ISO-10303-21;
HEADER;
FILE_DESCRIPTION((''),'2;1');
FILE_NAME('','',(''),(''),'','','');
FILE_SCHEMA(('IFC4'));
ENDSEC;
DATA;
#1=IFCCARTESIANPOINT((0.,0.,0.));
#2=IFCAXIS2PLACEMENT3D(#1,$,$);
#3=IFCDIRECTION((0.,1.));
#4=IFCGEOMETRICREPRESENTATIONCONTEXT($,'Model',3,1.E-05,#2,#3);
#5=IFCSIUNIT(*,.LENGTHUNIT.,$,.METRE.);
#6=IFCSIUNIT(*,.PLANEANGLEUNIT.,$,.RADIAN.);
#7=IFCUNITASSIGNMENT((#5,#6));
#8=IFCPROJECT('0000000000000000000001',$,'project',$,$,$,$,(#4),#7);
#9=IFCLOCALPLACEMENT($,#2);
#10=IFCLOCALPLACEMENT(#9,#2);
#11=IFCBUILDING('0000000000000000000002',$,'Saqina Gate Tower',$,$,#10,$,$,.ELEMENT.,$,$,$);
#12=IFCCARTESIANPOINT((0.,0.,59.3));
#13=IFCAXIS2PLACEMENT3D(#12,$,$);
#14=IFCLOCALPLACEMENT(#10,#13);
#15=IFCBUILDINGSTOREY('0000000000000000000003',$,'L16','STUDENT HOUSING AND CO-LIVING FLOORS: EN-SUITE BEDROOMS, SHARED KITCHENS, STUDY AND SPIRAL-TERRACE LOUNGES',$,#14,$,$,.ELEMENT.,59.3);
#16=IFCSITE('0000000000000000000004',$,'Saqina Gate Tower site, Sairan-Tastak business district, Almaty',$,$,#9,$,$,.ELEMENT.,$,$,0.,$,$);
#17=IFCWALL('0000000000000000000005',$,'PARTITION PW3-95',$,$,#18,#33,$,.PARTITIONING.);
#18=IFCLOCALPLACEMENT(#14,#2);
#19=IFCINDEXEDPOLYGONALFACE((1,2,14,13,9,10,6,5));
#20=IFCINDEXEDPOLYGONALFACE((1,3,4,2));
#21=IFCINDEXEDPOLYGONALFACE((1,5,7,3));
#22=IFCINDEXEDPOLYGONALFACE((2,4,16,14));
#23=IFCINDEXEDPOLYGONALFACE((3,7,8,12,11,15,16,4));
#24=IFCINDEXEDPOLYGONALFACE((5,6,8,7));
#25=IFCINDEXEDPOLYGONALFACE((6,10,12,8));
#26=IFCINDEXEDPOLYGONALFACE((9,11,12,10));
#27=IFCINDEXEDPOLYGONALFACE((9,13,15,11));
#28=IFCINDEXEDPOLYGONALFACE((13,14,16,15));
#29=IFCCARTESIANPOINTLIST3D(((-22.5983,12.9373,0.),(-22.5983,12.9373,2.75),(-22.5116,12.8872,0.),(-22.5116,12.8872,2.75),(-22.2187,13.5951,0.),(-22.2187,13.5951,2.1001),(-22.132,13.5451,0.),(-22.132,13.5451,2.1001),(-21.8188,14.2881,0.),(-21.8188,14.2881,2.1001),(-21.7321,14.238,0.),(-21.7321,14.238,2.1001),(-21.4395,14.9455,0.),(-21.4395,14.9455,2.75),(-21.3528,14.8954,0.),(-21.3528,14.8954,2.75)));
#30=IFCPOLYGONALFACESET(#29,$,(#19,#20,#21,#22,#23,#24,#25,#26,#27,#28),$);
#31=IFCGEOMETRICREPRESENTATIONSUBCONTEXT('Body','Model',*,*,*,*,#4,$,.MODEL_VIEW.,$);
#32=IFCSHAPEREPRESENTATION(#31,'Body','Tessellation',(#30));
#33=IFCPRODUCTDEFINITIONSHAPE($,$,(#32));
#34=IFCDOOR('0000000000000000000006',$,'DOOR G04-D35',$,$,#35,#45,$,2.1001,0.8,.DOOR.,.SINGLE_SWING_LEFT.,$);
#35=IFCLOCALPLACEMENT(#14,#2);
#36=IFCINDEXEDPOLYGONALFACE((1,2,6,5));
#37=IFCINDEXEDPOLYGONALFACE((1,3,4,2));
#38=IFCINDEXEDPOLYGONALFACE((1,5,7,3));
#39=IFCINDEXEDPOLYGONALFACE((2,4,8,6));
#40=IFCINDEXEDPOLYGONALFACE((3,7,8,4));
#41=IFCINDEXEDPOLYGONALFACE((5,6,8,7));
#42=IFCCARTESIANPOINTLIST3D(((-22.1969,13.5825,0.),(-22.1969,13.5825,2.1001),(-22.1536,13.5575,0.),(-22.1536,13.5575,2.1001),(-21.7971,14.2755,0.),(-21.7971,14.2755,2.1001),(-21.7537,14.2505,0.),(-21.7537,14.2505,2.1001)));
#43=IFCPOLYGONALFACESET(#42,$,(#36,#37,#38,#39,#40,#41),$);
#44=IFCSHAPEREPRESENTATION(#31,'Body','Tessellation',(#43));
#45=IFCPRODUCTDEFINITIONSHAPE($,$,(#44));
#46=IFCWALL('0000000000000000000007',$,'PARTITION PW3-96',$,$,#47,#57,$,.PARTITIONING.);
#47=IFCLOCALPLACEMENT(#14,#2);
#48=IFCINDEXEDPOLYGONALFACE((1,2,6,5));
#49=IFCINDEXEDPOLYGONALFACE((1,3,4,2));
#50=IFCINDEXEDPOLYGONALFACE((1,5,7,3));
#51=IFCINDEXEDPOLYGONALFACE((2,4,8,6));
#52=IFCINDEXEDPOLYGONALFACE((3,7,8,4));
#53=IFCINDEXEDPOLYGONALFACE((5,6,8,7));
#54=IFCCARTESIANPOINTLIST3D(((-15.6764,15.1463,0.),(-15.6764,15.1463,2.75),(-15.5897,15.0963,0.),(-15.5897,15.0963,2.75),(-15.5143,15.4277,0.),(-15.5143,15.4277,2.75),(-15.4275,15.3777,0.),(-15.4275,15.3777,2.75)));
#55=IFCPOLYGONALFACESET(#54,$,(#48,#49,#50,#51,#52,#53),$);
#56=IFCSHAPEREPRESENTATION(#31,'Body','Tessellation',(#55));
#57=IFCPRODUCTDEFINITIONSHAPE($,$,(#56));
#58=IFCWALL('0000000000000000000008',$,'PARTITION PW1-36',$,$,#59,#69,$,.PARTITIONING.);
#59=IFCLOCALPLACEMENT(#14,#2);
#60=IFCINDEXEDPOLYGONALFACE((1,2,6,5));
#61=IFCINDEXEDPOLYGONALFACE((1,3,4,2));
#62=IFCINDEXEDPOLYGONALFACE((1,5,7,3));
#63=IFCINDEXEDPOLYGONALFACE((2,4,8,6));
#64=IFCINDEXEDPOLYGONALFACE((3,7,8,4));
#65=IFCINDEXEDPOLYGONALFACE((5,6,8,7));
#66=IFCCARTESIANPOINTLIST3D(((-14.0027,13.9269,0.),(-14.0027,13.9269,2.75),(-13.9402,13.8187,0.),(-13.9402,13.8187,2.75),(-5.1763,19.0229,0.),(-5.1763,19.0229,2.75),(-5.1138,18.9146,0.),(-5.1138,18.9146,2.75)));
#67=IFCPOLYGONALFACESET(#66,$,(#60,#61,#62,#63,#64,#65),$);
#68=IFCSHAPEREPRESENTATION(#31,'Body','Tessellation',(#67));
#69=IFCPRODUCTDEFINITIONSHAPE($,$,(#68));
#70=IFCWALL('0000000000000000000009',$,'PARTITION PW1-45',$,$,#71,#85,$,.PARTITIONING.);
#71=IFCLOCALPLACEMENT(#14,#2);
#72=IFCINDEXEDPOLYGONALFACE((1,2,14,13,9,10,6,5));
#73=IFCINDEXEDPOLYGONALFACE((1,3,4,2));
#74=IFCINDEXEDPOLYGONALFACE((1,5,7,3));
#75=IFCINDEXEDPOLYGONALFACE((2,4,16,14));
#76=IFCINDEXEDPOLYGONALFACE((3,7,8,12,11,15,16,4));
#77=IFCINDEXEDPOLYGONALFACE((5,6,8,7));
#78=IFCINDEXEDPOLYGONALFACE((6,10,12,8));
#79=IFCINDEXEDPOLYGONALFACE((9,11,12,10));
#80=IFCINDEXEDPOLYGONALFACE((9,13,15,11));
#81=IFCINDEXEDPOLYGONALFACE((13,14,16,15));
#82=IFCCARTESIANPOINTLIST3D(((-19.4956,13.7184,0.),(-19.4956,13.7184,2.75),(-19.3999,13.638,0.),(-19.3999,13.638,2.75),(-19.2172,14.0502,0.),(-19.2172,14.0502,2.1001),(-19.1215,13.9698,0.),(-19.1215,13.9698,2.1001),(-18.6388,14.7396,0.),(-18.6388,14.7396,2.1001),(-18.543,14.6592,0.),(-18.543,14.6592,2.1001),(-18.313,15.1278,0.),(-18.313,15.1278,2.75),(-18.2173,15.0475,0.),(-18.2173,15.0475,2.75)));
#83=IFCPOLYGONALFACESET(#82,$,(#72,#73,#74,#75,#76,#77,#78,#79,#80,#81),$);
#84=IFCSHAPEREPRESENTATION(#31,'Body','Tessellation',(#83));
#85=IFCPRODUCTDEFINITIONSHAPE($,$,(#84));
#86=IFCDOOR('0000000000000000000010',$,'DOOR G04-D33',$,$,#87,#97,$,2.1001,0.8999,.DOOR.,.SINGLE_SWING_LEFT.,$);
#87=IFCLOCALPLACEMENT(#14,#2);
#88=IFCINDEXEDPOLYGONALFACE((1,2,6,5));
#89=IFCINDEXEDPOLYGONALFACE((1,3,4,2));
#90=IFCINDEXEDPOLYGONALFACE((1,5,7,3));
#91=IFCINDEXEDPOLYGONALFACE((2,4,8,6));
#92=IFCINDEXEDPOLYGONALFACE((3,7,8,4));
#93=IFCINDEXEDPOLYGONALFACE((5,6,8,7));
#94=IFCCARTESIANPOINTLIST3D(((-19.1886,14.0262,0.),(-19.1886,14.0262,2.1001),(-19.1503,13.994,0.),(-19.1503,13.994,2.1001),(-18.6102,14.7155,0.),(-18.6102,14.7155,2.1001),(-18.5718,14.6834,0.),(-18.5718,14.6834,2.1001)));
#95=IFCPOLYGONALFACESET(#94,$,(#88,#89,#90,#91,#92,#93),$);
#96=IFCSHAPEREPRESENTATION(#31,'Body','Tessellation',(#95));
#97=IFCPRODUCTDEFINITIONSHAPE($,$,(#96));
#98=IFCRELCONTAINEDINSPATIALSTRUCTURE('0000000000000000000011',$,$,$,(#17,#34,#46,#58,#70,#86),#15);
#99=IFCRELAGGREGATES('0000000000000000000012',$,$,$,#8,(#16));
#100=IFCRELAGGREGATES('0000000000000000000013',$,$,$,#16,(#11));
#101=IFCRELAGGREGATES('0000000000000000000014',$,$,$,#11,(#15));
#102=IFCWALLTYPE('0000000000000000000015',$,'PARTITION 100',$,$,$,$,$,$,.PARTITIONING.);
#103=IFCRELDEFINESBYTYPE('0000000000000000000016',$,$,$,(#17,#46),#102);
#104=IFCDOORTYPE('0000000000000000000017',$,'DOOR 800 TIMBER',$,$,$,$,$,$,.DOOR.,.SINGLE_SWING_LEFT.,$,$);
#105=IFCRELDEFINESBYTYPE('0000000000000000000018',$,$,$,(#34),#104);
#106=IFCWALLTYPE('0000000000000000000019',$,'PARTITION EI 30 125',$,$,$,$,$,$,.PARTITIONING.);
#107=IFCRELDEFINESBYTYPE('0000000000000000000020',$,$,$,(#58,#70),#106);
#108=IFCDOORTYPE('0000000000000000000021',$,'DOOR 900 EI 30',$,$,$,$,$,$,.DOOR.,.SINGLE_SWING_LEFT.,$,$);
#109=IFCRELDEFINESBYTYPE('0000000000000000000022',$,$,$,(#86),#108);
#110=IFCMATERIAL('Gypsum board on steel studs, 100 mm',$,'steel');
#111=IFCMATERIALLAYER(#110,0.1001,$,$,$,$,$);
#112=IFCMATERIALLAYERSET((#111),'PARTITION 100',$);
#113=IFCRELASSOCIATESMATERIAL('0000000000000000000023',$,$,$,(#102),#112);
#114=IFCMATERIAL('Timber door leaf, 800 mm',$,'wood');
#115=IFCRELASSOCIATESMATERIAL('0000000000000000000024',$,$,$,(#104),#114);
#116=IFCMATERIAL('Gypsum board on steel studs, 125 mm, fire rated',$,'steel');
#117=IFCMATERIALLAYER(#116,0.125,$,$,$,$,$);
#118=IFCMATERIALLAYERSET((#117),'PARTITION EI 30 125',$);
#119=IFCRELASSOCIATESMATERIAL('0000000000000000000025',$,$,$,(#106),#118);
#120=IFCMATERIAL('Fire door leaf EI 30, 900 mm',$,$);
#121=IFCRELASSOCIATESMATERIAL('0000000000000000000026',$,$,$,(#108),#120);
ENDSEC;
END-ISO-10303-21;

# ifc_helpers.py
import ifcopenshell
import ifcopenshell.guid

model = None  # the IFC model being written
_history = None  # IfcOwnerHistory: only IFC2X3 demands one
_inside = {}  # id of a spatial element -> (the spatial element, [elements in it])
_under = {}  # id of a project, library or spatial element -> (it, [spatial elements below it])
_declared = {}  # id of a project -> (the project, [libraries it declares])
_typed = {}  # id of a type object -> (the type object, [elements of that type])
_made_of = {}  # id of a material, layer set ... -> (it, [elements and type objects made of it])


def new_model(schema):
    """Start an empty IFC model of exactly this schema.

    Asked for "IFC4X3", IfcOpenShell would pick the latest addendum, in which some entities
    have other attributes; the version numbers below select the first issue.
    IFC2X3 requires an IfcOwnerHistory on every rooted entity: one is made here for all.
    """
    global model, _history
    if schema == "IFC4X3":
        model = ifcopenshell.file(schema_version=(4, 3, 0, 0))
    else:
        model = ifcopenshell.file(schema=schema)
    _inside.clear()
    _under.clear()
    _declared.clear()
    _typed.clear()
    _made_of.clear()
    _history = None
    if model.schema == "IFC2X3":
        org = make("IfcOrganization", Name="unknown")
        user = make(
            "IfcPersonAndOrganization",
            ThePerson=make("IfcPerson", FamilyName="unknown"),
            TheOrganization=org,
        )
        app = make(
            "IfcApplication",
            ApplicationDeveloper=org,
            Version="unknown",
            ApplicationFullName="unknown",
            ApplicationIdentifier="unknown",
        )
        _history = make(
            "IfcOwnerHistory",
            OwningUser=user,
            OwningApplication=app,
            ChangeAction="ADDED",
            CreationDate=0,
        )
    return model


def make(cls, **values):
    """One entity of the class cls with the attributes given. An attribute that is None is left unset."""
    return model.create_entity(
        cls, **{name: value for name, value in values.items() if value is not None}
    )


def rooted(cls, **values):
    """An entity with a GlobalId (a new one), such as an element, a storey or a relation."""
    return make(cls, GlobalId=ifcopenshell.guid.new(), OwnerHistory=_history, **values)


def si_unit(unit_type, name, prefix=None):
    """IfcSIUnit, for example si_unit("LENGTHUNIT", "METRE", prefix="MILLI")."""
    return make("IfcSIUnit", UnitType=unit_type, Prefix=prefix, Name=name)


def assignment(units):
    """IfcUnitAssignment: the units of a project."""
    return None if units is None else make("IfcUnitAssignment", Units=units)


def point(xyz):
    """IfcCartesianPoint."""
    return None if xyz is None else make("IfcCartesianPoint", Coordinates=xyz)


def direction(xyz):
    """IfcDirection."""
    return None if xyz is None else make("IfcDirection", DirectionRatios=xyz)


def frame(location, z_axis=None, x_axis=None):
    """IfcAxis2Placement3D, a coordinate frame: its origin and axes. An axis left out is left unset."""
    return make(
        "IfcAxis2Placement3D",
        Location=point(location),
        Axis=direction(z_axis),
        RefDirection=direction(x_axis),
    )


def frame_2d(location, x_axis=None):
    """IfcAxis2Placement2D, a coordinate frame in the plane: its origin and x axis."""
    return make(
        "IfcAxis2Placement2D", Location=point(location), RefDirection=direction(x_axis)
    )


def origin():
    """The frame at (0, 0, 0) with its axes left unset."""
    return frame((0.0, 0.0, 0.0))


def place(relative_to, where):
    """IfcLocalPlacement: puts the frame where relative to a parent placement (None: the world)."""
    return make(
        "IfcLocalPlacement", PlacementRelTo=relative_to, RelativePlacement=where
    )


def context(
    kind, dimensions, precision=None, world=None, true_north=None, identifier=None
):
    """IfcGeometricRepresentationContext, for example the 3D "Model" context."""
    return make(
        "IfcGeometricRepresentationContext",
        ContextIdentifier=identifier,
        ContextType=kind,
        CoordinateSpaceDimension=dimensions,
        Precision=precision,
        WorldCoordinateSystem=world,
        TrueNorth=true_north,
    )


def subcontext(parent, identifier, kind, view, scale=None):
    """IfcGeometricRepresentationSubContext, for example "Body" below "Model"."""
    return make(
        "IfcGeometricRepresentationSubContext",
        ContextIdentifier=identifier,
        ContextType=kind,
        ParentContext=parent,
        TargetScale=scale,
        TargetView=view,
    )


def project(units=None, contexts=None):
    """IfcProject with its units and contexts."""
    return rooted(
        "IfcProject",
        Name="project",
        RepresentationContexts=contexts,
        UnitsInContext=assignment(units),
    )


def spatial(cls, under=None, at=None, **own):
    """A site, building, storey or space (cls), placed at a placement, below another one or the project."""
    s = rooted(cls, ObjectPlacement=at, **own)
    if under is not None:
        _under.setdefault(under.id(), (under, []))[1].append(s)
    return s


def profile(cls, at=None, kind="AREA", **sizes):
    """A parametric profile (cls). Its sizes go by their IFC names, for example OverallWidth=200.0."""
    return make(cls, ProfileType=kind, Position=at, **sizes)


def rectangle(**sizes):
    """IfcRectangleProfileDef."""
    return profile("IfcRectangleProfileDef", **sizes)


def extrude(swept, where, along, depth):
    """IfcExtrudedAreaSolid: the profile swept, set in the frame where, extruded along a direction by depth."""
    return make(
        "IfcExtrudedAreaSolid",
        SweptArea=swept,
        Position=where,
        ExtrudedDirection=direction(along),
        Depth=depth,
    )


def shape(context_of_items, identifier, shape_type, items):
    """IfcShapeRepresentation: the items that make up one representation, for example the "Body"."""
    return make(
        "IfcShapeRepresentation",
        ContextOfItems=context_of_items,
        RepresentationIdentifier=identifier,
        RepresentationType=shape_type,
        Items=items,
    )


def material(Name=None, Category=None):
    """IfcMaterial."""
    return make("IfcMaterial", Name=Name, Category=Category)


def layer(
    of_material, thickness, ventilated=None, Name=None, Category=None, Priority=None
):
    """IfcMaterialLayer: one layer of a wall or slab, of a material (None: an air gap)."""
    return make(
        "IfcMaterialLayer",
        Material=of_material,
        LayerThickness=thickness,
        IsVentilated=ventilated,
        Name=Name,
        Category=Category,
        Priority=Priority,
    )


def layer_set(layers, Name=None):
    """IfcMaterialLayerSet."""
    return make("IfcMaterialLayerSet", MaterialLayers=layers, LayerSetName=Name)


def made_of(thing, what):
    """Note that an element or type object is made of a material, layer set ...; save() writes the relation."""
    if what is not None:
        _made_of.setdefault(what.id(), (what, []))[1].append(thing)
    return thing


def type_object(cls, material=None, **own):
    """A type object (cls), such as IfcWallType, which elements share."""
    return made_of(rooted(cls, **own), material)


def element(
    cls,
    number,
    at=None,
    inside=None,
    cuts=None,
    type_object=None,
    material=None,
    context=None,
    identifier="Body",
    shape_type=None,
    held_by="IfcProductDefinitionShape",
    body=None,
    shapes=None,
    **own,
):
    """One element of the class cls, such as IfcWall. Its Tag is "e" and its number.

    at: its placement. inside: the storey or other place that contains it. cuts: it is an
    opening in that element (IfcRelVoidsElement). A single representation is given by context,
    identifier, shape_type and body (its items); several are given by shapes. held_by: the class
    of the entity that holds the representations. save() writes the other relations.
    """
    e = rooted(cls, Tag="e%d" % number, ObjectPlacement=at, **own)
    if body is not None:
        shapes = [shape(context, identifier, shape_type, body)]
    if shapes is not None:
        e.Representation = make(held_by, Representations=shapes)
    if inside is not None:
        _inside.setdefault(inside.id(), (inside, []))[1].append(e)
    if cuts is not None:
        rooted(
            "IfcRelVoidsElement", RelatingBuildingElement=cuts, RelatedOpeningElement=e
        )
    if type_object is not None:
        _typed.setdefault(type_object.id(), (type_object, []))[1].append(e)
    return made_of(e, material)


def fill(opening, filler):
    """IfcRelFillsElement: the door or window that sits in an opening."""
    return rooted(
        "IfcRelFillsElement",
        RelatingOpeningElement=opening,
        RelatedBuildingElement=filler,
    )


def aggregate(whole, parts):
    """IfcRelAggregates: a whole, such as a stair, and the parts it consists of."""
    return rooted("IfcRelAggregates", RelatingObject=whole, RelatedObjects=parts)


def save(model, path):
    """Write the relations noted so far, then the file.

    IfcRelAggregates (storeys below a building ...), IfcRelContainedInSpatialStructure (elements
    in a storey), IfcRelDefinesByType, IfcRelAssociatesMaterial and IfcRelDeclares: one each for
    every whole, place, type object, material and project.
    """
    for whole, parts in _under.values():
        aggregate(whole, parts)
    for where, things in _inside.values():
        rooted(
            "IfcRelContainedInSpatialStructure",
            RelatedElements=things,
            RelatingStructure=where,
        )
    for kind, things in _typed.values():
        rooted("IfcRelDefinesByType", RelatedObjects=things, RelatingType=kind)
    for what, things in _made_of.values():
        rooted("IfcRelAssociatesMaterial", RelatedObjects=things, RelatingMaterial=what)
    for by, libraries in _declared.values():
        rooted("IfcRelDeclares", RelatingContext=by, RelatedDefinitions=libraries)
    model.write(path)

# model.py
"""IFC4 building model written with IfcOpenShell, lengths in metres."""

from ifc_helpers import new_model, si_unit, direction, frame, frame_2d, origin, place, context, subcontext, project, spatial, rectangle, extrude, material, layer, layer_set, type_object, element, fill, save


model = new_model("IFC4")

# Units and contexts
model_context = context("Model", 3, precision=1e-05, world=origin(), true_north=direction((0.0, 1.0)))
body_context = subcontext(model_context, "Body", "Model", "MODEL_VIEW")
ifc_project = project(units=[si_unit("LENGTHUNIT", "METRE"), si_unit("PLANEANGLEUNIT", "RADIAN")], contexts=[model_context])

# Site, building, storey
site_placement = place(None, origin())
site = spatial("IfcSite", under=ifc_project, at=site_placement, Name="Saqina Gate Tower site, Sairan-Tastak business district, Almaty", CompositionType="ELEMENT", RefElevation=0.0)
building_placement = place(site_placement, origin())
building = spatial("IfcBuilding", under=site, at=building_placement, Name="Saqina Gate Tower", CompositionType="ELEMENT")
storey_placement = place(building_placement, frame((0.0, 0.0, 59.3)))
storey = spatial("IfcBuildingStorey", under=building, at=storey_placement, Name="L16", Description="STUDENT HOUSING AND CO-LIVING FLOORS: EN-SUITE BEDROOMS, SHARED KITCHENS, STUDY AND SPIRAL-TERRACE LOUNGES", CompositionType="ELEMENT", Elevation=59.3)

# Shared definitions
ifc_material_1 = material(Name="Gypsum board on steel studs, 100 mm", Category="steel")
ifc_layer_1 = layer(ifc_material_1, 0.1001)
ifc_layer_set_1 = layer_set([ifc_layer_1], Name="PARTITION 100")
wall_type_1 = type_object("IfcWallType", Name="PARTITION 100", PredefinedType="PARTITIONING", material=ifc_layer_set_1)

# Shared definitions
ifc_material_2 = material(Name="Timber door leaf, 800 mm", Category="wood")
door_type_1 = type_object("IfcDoorType", Name="DOOR 800 TIMBER", OperationType="SINGLE_SWING_LEFT", PredefinedType="DOOR", material=ifc_material_2)

# Wall, opening, door
wall_1_placement = place(storey_placement, frame((-22.5549, 12.9124, 0.0), z_axis=(0.0, 0.0, 1.0), x_axis=(0.49982, 0.866129, 0.0)))
wall_1 = element("IfcWall", 1, at=wall_1_placement, inside=storey, type_object=wall_type_1, Name="PARTITION PW3-95", PredefinedType="PARTITIONING", context=body_context, shape_type="SweptSolid", body=[
    extrude(rectangle(XDim=2.3186, YDim=0.1001, at=frame_2d((1.1592, 0.0))), origin(), (0.0, 0.0, 1.0), 2.75),
])
opening_1_placement = place(wall_1_placement, frame((0.7595, 0.0, 0.0)))
opening_1 = element("IfcOpeningElement", 2, at=opening_1_placement, cuts=wall_1, PredefinedType="OPENING", context=body_context, shape_type="SweptSolid", body=[
    extrude(rectangle(XDim=0.8, YDim=2.1001, at=frame_2d((0.3999, 1.05))), frame((0.0, 0.062, 0.0), z_axis=(0.0, -1.0, 0.0), x_axis=(1.0, 0.0, 0.0)), (0.0, 0.0, 1.0), 0.124),
])
door_1_placement = place(opening_1_placement, origin())
door_1 = element("IfcDoor", 3, at=door_1_placement, inside=storey, type_object=door_type_1, Name="DOOR G04-D35", OperationType="SINGLE_SWING_LEFT", OverallHeight=2.1001, OverallWidth=0.8, PredefinedType="DOOR", context=body_context, shape_type="SweptSolid", body=[
    extrude(rectangle(XDim=0.8, YDim=2.1001, at=frame_2d((0.3999, 1.05))), frame((0.0, 0.0249, 0.0), z_axis=(0.0, -1.0, 0.0), x_axis=(1.0, 0.0, 0.0)), (0.0, 0.0, 1.0), 0.05),
])
fill(opening_1, door_1)

# Walls
wall_2_placement = place(storey_placement, frame((-15.6331, 15.1213, 0.0), z_axis=(0.0, 0.0, 1.0), x_axis=(0.499375, 0.866386, 0.0)))
element("IfcWall", 4, at=wall_2_placement, inside=storey, type_object=wall_type_1, Name="PARTITION PW3-96", PredefinedType="PARTITIONING", context=body_context, shape_type="SweptSolid", body=[
    extrude(rectangle(XDim=0.3247, YDim=0.1001, at=frame_2d((0.1624, 0.0))), origin(), (0.0, 0.0, 1.0), 2.75),
])
ifc_material_3 = material(Name="Gypsum board on steel studs, 125 mm, fire rated", Category="steel")
ifc_layer_2 = layer(ifc_material_3, 0.125)
ifc_layer_set_2 = layer_set([ifc_layer_2], Name="PARTITION EI 30 125")
wall_type_2 = type_object("IfcWallType", Name="PARTITION EI 30 125", PredefinedType="PARTITIONING", material=ifc_layer_set_2)
wall_3_placement = place(storey_placement, frame((-13.9714, 13.8728, 0.0), z_axis=(0.0, 0.0, 1.0), x_axis=(0.866025, 0.500001, 0.0)))
element("IfcWall", 5, at=wall_3_placement, inside=storey, type_object=wall_type_2, Name="PARTITION PW1-36", PredefinedType="PARTITIONING", context=body_context, shape_type="SweptSolid", body=[
    extrude(rectangle(XDim=10.1919, YDim=0.125, at=frame_2d((5.0959, 0.0))), origin(), (0.0, 0.0, 1.0), 2.75),
])

# Wall, opening, door
wall_4_placement = place(storey_placement, frame((-19.4478, 13.6782, 0.0), z_axis=(0.0, 0.0, 1.0), x_axis=(0.642778, 0.766052, 0.0)))
wall_4 = element("IfcWall", 6, at=wall_4_placement, inside=storey, type_object=wall_type_2, Name="PARTITION PW1-45", PredefinedType="PARTITIONING", context=body_context, shape_type="SweptSolid", body=[
    extrude(rectangle(XDim=1.8398, YDim=0.125, at=frame_2d((0.9199, 0.0))), origin(), (0.0, 0.0, 1.0), 2.75),
])
opening_2_placement = place(wall_4_placement, frame((0.4331, 0.0, 0.0)))
opening_2 = element("IfcOpeningElement", 7, at=opening_2_placement, cuts=wall_4, PredefinedType="OPENING", context=body_context, shape_type="SweptSolid", body=[
    extrude(rectangle(XDim=0.8999, YDim=2.1001, at=frame_2d((0.45, 1.05))), frame((0.0, 0.0745, 0.0), z_axis=(0.0, -1.0, 0.0), x_axis=(1.0, 0.0, 0.0)), (0.0, 0.0, 1.0), 0.1489),
])
ifc_material_4 = material(Name="Fire door leaf EI 30, 900 mm")
door_type_2 = type_object("IfcDoorType", Name="DOOR 900 EI 30", OperationType="SINGLE_SWING_LEFT", PredefinedType="DOOR", material=ifc_material_4)
door_2_placement = place(opening_2_placement, frame((0.8999, 0.0, 0.0), z_axis=(0.0, 0.0, 1.0), x_axis=(-1.0, 0.0, 0.0)))
door_2 = element("IfcDoor", 8, at=door_2_placement, inside=storey, type_object=door_type_2, Name="DOOR G04-D33", OperationType="SINGLE_SWING_LEFT", OverallHeight=2.1001, OverallWidth=0.8999, PredefinedType="DOOR", context=body_context, shape_type="SweptSolid", body=[
    extrude(rectangle(XDim=0.8999, YDim=2.1001, at=frame_2d((0.45, 1.05))), frame((0.0, 0.0249, 0.0), z_axis=(0.0, -1.0, 0.0), x_axis=(1.0, 0.0, 0.0)), (0.0, 0.0, 1.0), 0.05),
])
fill(opening_2, door_2)

save(model, "model.ifc")
